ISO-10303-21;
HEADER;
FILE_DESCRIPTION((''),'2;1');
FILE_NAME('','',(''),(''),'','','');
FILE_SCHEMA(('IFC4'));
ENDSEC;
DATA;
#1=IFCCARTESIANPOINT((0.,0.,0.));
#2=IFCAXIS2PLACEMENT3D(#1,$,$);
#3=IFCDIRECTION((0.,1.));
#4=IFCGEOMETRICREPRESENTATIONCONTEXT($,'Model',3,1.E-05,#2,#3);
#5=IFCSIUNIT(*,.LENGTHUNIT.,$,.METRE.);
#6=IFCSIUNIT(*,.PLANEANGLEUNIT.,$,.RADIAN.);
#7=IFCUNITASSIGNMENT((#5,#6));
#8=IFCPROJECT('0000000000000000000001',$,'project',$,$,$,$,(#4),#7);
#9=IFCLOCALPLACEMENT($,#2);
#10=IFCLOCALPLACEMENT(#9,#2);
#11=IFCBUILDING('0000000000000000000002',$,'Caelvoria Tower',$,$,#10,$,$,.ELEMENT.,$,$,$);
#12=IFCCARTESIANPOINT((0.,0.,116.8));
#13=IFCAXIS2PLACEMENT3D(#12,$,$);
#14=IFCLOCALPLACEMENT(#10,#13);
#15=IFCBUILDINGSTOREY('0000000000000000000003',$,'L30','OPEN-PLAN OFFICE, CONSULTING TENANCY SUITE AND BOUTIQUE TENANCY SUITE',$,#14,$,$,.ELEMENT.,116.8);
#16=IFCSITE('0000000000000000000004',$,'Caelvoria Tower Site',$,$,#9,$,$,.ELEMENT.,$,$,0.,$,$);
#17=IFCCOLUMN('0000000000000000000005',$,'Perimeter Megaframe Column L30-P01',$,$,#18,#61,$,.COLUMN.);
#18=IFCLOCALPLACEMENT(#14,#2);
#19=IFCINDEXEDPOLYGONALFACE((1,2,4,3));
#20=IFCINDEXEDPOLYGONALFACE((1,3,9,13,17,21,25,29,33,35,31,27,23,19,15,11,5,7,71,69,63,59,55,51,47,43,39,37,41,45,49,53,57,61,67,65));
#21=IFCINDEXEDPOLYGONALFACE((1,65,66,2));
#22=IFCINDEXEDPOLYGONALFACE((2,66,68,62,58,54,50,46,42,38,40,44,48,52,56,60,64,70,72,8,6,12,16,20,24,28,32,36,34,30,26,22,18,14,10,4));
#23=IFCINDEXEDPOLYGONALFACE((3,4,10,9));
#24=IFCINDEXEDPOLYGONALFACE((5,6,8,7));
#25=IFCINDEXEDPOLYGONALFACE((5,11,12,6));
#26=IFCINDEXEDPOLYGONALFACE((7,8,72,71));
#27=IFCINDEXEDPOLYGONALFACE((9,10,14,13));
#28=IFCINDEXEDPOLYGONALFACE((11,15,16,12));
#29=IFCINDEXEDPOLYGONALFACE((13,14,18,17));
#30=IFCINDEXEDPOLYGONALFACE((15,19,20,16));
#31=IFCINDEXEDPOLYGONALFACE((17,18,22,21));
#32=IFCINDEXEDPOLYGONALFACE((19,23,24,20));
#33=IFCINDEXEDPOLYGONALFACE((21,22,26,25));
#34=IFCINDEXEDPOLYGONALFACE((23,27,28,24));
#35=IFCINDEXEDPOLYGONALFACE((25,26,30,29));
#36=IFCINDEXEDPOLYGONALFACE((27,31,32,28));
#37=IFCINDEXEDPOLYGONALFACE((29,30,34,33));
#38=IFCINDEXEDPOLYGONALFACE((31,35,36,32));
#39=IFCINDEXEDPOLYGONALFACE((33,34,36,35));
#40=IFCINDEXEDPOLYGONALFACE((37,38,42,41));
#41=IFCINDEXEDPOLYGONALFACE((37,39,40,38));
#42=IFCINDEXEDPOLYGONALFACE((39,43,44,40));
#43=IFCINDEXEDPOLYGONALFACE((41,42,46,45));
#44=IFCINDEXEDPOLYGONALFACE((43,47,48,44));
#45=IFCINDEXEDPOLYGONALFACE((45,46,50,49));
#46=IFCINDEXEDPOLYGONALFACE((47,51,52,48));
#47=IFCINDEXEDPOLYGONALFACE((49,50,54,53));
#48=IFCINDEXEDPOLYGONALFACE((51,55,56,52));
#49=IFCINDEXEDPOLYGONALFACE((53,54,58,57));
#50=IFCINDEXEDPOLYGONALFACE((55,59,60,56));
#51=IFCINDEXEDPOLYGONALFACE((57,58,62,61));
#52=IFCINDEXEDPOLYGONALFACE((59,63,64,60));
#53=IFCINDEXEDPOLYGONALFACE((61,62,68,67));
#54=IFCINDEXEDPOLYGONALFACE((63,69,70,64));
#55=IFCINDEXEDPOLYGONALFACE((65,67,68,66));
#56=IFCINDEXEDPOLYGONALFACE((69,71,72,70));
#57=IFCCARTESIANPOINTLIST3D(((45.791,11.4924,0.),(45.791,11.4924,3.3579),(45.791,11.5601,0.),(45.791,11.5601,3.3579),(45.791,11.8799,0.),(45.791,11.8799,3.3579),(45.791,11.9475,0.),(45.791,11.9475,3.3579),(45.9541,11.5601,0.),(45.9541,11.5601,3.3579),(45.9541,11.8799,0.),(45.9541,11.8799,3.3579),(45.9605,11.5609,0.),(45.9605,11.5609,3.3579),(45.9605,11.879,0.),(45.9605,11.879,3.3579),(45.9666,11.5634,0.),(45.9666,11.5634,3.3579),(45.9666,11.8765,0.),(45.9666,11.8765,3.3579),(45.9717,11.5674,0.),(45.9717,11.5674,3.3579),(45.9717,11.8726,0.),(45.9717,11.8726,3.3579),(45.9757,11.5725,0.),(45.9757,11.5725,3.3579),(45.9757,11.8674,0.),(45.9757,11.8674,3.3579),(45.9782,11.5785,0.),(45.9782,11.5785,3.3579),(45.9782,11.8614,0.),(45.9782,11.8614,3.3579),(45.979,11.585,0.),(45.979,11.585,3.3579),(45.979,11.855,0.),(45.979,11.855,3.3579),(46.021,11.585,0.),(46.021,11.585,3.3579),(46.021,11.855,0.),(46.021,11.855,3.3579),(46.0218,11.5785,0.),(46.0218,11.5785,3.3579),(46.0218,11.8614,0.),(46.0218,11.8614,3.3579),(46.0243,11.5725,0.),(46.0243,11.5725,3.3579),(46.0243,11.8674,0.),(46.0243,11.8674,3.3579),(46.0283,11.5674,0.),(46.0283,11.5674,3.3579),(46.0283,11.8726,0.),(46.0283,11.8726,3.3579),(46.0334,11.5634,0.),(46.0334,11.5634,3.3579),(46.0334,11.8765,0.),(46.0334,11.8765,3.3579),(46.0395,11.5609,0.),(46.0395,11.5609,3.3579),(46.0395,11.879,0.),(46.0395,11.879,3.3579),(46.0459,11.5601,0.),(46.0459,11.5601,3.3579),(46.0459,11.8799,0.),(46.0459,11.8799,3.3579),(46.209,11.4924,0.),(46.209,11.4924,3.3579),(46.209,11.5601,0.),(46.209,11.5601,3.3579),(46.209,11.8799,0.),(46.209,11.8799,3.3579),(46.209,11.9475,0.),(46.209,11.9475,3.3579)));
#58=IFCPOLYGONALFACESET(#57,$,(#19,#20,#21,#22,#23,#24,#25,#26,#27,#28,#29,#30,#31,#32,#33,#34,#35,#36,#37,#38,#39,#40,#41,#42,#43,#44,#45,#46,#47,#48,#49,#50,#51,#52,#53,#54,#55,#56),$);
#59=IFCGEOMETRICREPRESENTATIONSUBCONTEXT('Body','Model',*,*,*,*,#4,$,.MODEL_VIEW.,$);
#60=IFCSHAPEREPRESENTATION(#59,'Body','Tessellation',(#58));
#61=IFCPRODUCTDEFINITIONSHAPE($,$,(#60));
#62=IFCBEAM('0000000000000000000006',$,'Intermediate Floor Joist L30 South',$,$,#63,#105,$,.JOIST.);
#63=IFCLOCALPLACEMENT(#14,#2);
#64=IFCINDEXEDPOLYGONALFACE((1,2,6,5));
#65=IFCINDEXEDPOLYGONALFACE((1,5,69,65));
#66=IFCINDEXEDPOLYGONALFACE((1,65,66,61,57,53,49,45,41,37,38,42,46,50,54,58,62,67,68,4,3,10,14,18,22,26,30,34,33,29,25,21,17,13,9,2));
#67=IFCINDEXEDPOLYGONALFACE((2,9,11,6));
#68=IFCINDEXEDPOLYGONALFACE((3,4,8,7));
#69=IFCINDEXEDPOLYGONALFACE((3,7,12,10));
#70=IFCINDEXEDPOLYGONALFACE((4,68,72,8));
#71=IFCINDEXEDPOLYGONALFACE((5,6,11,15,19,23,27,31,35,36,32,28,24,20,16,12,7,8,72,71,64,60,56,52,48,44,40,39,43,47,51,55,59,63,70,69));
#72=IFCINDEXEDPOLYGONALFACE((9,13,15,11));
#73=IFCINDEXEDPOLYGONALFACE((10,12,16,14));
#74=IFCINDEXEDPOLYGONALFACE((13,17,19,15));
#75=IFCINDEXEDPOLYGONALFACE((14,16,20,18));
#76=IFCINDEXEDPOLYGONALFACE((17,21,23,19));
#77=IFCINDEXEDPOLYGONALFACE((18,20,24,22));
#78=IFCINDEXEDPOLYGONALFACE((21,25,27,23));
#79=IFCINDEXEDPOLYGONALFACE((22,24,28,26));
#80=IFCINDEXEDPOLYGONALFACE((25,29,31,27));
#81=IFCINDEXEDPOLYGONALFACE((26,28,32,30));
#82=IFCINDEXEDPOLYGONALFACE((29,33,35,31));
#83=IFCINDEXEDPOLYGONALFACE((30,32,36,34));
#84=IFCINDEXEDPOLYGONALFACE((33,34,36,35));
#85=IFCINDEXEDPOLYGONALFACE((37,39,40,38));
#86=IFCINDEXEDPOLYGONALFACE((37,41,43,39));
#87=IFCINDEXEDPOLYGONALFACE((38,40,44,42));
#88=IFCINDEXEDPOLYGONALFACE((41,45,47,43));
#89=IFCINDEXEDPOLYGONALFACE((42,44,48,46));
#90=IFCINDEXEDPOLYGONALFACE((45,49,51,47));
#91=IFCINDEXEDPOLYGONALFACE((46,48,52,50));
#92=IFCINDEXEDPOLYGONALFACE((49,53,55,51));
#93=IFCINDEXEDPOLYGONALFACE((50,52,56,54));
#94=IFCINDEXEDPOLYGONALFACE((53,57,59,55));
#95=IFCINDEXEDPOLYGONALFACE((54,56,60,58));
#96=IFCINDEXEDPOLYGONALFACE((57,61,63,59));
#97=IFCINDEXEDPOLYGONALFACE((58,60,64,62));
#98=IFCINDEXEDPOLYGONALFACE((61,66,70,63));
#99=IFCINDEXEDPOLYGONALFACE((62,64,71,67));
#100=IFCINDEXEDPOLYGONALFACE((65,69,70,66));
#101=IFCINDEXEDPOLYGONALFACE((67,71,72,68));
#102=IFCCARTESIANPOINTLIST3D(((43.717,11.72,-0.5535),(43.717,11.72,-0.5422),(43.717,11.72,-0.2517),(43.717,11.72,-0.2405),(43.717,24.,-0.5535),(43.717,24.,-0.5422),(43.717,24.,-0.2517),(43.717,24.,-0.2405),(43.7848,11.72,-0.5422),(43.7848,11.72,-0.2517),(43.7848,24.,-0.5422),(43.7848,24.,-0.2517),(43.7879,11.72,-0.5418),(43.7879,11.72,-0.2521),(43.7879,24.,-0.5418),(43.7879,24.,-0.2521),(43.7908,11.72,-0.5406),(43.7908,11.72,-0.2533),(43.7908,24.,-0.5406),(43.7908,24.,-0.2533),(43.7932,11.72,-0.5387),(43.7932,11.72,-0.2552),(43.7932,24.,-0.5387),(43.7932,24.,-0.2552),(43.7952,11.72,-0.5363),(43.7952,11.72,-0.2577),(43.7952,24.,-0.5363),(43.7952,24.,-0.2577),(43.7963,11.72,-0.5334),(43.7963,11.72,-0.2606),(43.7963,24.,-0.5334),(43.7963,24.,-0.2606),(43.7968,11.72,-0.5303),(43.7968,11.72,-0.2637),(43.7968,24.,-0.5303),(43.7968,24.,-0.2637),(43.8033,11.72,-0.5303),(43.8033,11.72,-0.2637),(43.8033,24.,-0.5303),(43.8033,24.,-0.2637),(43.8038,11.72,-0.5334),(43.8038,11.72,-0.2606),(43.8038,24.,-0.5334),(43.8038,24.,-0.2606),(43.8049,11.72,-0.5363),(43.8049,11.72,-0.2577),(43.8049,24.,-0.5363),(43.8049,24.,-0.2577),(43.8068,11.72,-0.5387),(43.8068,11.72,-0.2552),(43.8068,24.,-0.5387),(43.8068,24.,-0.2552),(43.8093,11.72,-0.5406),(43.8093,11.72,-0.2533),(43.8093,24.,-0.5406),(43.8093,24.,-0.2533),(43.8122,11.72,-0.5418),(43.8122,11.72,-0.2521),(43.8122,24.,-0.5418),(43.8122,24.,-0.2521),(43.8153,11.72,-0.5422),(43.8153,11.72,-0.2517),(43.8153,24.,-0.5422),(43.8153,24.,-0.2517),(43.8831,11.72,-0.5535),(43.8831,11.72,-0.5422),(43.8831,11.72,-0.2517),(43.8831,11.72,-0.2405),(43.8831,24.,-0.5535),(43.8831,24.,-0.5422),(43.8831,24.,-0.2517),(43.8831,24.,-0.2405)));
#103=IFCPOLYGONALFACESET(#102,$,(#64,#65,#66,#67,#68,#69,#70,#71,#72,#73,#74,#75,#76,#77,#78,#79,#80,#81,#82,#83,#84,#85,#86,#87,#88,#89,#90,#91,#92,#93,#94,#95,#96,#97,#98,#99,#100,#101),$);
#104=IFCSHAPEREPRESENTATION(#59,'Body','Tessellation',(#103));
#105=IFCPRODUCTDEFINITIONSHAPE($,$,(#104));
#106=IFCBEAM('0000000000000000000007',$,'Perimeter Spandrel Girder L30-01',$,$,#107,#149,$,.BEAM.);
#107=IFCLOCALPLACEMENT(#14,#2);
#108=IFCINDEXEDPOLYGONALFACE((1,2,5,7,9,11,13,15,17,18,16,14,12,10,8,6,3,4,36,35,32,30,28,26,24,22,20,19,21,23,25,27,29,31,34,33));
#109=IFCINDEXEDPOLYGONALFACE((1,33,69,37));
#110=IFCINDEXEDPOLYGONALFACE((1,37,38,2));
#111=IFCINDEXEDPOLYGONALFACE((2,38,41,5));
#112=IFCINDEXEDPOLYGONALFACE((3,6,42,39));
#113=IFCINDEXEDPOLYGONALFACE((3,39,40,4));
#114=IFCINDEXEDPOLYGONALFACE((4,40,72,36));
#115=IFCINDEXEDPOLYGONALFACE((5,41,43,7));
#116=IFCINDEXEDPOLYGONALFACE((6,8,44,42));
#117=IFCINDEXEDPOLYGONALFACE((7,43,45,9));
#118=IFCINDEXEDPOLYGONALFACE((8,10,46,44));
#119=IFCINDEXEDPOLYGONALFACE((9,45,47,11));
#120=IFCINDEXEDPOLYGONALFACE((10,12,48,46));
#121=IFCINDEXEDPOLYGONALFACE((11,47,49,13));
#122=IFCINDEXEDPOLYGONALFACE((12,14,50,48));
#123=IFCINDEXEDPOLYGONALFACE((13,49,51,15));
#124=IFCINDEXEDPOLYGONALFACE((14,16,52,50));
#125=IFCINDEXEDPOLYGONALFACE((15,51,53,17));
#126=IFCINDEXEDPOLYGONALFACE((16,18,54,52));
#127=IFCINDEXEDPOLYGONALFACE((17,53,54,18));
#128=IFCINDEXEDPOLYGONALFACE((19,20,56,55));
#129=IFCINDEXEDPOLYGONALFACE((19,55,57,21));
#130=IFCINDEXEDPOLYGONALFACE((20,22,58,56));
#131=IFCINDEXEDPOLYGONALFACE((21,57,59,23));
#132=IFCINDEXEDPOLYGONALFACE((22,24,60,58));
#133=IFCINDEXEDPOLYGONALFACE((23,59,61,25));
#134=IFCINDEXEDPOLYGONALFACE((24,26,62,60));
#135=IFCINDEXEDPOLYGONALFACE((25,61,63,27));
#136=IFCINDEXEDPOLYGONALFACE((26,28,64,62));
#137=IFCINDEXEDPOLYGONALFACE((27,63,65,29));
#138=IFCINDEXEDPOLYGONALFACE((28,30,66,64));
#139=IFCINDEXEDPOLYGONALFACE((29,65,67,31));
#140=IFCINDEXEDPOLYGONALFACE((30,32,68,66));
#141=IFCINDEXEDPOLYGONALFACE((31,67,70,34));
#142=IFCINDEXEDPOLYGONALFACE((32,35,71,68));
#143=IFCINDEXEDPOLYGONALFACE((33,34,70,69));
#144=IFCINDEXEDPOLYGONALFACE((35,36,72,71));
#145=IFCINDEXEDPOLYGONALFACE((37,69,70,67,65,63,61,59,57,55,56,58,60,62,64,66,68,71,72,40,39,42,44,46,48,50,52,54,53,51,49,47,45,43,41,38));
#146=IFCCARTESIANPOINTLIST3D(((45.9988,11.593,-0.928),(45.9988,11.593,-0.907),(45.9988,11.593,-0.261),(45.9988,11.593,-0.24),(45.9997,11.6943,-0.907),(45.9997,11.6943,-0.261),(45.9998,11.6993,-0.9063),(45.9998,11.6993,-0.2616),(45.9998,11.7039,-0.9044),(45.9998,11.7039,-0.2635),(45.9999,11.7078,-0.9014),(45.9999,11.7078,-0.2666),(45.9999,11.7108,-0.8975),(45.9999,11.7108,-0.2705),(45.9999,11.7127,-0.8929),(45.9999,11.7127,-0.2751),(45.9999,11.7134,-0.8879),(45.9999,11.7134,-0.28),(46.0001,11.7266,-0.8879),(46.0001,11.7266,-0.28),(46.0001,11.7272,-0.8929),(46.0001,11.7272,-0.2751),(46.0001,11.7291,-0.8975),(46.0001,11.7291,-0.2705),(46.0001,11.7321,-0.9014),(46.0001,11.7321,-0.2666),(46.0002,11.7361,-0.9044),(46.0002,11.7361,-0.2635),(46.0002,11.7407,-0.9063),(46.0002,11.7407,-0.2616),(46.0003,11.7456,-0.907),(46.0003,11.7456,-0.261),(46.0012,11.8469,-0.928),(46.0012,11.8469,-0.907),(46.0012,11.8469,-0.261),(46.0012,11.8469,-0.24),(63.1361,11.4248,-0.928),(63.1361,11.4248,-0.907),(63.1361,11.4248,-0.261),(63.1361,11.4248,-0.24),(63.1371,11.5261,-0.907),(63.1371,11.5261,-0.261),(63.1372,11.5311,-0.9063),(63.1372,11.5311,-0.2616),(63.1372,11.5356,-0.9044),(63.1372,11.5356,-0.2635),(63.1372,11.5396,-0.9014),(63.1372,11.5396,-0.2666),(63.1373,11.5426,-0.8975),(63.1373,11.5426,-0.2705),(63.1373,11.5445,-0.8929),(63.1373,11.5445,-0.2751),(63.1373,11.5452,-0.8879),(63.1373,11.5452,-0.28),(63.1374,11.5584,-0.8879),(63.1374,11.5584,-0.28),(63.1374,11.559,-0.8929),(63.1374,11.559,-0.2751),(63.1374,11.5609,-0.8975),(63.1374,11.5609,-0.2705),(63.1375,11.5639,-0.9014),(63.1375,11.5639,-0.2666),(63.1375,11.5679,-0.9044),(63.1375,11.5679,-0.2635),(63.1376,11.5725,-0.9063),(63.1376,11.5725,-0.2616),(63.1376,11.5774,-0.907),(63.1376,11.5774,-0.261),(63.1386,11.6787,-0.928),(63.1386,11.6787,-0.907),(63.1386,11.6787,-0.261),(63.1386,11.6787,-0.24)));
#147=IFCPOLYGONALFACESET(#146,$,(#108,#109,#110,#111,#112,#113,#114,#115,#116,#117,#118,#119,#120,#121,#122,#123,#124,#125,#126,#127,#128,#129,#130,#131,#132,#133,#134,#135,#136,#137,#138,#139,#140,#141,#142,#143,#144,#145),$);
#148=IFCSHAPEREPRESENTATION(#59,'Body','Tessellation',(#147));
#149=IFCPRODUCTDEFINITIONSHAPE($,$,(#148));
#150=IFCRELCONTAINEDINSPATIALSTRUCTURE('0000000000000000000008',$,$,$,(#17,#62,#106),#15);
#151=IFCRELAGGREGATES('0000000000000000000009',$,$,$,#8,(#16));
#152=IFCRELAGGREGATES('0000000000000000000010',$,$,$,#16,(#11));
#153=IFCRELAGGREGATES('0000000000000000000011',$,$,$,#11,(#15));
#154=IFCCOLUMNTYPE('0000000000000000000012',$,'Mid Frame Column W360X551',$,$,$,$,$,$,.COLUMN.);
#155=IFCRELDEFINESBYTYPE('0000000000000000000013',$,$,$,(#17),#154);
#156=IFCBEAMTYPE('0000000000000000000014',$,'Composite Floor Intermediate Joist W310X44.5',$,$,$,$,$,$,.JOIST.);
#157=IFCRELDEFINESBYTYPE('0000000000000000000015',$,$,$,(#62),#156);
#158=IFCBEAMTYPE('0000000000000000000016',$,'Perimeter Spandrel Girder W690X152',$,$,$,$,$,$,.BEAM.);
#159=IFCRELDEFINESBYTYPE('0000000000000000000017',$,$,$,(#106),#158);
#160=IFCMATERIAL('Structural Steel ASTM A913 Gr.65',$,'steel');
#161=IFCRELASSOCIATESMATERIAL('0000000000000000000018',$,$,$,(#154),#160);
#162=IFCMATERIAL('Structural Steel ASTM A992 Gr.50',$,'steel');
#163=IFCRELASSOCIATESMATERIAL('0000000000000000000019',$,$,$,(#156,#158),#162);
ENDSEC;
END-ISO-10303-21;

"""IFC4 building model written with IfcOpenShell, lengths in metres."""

from ifc_helpers import new_model, si_unit, direction, frame, origin, origin_2d, place, context, subcontext, project, spatial, i_section, extrude, material, material_profile, profile_set, type_object, element, save


model = new_model("IFC4")

# Units and contexts
model_context = context("Model", 3, precision=1e-05, world=origin(), true_north=direction((0.0, 1.0)))
body_context = subcontext(model_context, "Body", "Model", "MODEL_VIEW")
ifc_project = project(units=[si_unit("LENGTHUNIT", "METRE"), si_unit("PLANEANGLEUNIT", "RADIAN")], contexts=[model_context])

# Site, building, storey
site_placement = place(None, origin())
site = spatial("IfcSite", under=ifc_project, at=site_placement, Name="Caelvoria Tower Site", CompositionType="ELEMENT", RefElevation=0.0)
building_placement = place(site_placement, origin())
building = spatial("IfcBuilding", under=site, at=building_placement, Name="Caelvoria Tower", CompositionType="ELEMENT")
storey_placement = place(building_placement, frame((0.0, 0.0, 116.8)))
storey = spatial("IfcBuildingStorey", under=building, at=storey_placement, Name="L30", Description="OPEN-PLAN OFFICE, CONSULTING TENANCY SUITE AND BOUTIQUE TENANCY SUITE", CompositionType="ELEMENT", Elevation=116.8)

# Column
ifc_material_1 = material(Name="Structural Steel ASTM A913 Gr.65", Category="steel")
ifc_material_profile_1 = material_profile(ifc_material_1, i_section(OverallWidth=0.418, OverallDepth=0.4551, WebThickness=0.042, FlangeThickness=0.0676, FilletRadius=0.0249, at=origin_2d()), Name="Structural Steel ASTM A913 Gr.65")
ifc_profile_set_1 = profile_set([ifc_material_profile_1], Name="W360X551 - Structural Steel ASTM A913 Gr.65")
column_type = type_object("IfcColumnType", Name="Mid Frame Column W360X551", PredefinedType="COLUMN", material=ifc_profile_set_1)
column_placement = place(storey_placement, frame((46.0, 11.72, 0.0), z_axis=(0.0, 0.0, 1.0), x_axis=(1.0, 0.0, 0.0)))
element("IfcColumn", 1, at=column_placement, inside=storey, type_object=column_type, Name="Perimeter Megaframe Column L30-P01", PredefinedType="COLUMN", context=body_context, shape_type="SweptSolid", body=[
    extrude(i_section(OverallWidth=0.418, OverallDepth=0.4551, WebThickness=0.042, FlangeThickness=0.0676, FilletRadius=0.0249, at=origin_2d()), origin(), (0.0, 0.0, 1.0), 3.3579),
])

# Beams
ifc_material_2 = material(Name="Structural Steel ASTM A992 Gr.50", Category="steel")
ifc_material_profile_2 = material_profile(ifc_material_2, i_section(OverallWidth=0.166, OverallDepth=0.313, WebThickness=0.0066, FlangeThickness=0.0112, FilletRadius=0.012, at=origin_2d()), Name="Structural Steel ASTM A992 Gr.50")
ifc_profile_set_2 = profile_set([ifc_material_profile_2], Name="W310X44.5 - Structural Steel ASTM A992 Gr.50")
beam_type_1 = type_object("IfcBeamType", Name="Composite Floor Intermediate Joist W310X44.5", PredefinedType="JOIST", material=ifc_profile_set_2)
beam_1_placement = place(storey_placement, frame((43.8, 24.0, -0.397), z_axis=(0.0, -1.0, 0.0), x_axis=(1.0, 0.0, 0.0)))
element("IfcBeam", 2, at=beam_1_placement, inside=storey, type_object=beam_type_1, Name="Intermediate Floor Joist L30 South", PredefinedType="JOIST", context=body_context, shape_type="SweptSolid", body=[
    extrude(i_section(OverallWidth=0.166, OverallDepth=0.313, WebThickness=0.0066, FlangeThickness=0.0112, FilletRadius=0.012, at=origin_2d()), origin(), (0.0, 0.0, 1.0), 12.28),
])
ifc_material_profile_3 = material_profile(ifc_material_2, i_section(OverallWidth=0.2539, OverallDepth=0.688, WebThickness=0.0132, FlangeThickness=0.021, FilletRadius=0.019, at=origin_2d()), Name="Structural Steel ASTM A992 Gr.50")
ifc_profile_set_3 = profile_set([ifc_material_profile_3], Name="W690X152 - Structural Steel ASTM A992 Gr.50")
beam_type_2 = type_object("IfcBeamType", Name="Perimeter Spandrel Girder W690X152", PredefinedType="BEAM", material=ifc_profile_set_3)
beam_2_placement = place(storey_placement, frame((46.0, 11.72, -0.584), z_axis=(0.999952, -0.009815, 0.0), x_axis=(0.009815, 0.999952, 0.0)))
element("IfcBeam", 3, at=beam_2_placement, inside=storey, type_object=beam_type_2, Name="Perimeter Spandrel Girder L30-01", PredefinedType="BEAM", context=body_context, shape_type="SweptSolid", body=[
    extrude(i_section(OverallWidth=0.2539, OverallDepth=0.688, WebThickness=0.0132, FlangeThickness=0.021, FilletRadius=0.019, at=origin_2d()), origin(), (0.0, 0.0, 1.0), 17.1382),
])

save(model, "model.ifc")
